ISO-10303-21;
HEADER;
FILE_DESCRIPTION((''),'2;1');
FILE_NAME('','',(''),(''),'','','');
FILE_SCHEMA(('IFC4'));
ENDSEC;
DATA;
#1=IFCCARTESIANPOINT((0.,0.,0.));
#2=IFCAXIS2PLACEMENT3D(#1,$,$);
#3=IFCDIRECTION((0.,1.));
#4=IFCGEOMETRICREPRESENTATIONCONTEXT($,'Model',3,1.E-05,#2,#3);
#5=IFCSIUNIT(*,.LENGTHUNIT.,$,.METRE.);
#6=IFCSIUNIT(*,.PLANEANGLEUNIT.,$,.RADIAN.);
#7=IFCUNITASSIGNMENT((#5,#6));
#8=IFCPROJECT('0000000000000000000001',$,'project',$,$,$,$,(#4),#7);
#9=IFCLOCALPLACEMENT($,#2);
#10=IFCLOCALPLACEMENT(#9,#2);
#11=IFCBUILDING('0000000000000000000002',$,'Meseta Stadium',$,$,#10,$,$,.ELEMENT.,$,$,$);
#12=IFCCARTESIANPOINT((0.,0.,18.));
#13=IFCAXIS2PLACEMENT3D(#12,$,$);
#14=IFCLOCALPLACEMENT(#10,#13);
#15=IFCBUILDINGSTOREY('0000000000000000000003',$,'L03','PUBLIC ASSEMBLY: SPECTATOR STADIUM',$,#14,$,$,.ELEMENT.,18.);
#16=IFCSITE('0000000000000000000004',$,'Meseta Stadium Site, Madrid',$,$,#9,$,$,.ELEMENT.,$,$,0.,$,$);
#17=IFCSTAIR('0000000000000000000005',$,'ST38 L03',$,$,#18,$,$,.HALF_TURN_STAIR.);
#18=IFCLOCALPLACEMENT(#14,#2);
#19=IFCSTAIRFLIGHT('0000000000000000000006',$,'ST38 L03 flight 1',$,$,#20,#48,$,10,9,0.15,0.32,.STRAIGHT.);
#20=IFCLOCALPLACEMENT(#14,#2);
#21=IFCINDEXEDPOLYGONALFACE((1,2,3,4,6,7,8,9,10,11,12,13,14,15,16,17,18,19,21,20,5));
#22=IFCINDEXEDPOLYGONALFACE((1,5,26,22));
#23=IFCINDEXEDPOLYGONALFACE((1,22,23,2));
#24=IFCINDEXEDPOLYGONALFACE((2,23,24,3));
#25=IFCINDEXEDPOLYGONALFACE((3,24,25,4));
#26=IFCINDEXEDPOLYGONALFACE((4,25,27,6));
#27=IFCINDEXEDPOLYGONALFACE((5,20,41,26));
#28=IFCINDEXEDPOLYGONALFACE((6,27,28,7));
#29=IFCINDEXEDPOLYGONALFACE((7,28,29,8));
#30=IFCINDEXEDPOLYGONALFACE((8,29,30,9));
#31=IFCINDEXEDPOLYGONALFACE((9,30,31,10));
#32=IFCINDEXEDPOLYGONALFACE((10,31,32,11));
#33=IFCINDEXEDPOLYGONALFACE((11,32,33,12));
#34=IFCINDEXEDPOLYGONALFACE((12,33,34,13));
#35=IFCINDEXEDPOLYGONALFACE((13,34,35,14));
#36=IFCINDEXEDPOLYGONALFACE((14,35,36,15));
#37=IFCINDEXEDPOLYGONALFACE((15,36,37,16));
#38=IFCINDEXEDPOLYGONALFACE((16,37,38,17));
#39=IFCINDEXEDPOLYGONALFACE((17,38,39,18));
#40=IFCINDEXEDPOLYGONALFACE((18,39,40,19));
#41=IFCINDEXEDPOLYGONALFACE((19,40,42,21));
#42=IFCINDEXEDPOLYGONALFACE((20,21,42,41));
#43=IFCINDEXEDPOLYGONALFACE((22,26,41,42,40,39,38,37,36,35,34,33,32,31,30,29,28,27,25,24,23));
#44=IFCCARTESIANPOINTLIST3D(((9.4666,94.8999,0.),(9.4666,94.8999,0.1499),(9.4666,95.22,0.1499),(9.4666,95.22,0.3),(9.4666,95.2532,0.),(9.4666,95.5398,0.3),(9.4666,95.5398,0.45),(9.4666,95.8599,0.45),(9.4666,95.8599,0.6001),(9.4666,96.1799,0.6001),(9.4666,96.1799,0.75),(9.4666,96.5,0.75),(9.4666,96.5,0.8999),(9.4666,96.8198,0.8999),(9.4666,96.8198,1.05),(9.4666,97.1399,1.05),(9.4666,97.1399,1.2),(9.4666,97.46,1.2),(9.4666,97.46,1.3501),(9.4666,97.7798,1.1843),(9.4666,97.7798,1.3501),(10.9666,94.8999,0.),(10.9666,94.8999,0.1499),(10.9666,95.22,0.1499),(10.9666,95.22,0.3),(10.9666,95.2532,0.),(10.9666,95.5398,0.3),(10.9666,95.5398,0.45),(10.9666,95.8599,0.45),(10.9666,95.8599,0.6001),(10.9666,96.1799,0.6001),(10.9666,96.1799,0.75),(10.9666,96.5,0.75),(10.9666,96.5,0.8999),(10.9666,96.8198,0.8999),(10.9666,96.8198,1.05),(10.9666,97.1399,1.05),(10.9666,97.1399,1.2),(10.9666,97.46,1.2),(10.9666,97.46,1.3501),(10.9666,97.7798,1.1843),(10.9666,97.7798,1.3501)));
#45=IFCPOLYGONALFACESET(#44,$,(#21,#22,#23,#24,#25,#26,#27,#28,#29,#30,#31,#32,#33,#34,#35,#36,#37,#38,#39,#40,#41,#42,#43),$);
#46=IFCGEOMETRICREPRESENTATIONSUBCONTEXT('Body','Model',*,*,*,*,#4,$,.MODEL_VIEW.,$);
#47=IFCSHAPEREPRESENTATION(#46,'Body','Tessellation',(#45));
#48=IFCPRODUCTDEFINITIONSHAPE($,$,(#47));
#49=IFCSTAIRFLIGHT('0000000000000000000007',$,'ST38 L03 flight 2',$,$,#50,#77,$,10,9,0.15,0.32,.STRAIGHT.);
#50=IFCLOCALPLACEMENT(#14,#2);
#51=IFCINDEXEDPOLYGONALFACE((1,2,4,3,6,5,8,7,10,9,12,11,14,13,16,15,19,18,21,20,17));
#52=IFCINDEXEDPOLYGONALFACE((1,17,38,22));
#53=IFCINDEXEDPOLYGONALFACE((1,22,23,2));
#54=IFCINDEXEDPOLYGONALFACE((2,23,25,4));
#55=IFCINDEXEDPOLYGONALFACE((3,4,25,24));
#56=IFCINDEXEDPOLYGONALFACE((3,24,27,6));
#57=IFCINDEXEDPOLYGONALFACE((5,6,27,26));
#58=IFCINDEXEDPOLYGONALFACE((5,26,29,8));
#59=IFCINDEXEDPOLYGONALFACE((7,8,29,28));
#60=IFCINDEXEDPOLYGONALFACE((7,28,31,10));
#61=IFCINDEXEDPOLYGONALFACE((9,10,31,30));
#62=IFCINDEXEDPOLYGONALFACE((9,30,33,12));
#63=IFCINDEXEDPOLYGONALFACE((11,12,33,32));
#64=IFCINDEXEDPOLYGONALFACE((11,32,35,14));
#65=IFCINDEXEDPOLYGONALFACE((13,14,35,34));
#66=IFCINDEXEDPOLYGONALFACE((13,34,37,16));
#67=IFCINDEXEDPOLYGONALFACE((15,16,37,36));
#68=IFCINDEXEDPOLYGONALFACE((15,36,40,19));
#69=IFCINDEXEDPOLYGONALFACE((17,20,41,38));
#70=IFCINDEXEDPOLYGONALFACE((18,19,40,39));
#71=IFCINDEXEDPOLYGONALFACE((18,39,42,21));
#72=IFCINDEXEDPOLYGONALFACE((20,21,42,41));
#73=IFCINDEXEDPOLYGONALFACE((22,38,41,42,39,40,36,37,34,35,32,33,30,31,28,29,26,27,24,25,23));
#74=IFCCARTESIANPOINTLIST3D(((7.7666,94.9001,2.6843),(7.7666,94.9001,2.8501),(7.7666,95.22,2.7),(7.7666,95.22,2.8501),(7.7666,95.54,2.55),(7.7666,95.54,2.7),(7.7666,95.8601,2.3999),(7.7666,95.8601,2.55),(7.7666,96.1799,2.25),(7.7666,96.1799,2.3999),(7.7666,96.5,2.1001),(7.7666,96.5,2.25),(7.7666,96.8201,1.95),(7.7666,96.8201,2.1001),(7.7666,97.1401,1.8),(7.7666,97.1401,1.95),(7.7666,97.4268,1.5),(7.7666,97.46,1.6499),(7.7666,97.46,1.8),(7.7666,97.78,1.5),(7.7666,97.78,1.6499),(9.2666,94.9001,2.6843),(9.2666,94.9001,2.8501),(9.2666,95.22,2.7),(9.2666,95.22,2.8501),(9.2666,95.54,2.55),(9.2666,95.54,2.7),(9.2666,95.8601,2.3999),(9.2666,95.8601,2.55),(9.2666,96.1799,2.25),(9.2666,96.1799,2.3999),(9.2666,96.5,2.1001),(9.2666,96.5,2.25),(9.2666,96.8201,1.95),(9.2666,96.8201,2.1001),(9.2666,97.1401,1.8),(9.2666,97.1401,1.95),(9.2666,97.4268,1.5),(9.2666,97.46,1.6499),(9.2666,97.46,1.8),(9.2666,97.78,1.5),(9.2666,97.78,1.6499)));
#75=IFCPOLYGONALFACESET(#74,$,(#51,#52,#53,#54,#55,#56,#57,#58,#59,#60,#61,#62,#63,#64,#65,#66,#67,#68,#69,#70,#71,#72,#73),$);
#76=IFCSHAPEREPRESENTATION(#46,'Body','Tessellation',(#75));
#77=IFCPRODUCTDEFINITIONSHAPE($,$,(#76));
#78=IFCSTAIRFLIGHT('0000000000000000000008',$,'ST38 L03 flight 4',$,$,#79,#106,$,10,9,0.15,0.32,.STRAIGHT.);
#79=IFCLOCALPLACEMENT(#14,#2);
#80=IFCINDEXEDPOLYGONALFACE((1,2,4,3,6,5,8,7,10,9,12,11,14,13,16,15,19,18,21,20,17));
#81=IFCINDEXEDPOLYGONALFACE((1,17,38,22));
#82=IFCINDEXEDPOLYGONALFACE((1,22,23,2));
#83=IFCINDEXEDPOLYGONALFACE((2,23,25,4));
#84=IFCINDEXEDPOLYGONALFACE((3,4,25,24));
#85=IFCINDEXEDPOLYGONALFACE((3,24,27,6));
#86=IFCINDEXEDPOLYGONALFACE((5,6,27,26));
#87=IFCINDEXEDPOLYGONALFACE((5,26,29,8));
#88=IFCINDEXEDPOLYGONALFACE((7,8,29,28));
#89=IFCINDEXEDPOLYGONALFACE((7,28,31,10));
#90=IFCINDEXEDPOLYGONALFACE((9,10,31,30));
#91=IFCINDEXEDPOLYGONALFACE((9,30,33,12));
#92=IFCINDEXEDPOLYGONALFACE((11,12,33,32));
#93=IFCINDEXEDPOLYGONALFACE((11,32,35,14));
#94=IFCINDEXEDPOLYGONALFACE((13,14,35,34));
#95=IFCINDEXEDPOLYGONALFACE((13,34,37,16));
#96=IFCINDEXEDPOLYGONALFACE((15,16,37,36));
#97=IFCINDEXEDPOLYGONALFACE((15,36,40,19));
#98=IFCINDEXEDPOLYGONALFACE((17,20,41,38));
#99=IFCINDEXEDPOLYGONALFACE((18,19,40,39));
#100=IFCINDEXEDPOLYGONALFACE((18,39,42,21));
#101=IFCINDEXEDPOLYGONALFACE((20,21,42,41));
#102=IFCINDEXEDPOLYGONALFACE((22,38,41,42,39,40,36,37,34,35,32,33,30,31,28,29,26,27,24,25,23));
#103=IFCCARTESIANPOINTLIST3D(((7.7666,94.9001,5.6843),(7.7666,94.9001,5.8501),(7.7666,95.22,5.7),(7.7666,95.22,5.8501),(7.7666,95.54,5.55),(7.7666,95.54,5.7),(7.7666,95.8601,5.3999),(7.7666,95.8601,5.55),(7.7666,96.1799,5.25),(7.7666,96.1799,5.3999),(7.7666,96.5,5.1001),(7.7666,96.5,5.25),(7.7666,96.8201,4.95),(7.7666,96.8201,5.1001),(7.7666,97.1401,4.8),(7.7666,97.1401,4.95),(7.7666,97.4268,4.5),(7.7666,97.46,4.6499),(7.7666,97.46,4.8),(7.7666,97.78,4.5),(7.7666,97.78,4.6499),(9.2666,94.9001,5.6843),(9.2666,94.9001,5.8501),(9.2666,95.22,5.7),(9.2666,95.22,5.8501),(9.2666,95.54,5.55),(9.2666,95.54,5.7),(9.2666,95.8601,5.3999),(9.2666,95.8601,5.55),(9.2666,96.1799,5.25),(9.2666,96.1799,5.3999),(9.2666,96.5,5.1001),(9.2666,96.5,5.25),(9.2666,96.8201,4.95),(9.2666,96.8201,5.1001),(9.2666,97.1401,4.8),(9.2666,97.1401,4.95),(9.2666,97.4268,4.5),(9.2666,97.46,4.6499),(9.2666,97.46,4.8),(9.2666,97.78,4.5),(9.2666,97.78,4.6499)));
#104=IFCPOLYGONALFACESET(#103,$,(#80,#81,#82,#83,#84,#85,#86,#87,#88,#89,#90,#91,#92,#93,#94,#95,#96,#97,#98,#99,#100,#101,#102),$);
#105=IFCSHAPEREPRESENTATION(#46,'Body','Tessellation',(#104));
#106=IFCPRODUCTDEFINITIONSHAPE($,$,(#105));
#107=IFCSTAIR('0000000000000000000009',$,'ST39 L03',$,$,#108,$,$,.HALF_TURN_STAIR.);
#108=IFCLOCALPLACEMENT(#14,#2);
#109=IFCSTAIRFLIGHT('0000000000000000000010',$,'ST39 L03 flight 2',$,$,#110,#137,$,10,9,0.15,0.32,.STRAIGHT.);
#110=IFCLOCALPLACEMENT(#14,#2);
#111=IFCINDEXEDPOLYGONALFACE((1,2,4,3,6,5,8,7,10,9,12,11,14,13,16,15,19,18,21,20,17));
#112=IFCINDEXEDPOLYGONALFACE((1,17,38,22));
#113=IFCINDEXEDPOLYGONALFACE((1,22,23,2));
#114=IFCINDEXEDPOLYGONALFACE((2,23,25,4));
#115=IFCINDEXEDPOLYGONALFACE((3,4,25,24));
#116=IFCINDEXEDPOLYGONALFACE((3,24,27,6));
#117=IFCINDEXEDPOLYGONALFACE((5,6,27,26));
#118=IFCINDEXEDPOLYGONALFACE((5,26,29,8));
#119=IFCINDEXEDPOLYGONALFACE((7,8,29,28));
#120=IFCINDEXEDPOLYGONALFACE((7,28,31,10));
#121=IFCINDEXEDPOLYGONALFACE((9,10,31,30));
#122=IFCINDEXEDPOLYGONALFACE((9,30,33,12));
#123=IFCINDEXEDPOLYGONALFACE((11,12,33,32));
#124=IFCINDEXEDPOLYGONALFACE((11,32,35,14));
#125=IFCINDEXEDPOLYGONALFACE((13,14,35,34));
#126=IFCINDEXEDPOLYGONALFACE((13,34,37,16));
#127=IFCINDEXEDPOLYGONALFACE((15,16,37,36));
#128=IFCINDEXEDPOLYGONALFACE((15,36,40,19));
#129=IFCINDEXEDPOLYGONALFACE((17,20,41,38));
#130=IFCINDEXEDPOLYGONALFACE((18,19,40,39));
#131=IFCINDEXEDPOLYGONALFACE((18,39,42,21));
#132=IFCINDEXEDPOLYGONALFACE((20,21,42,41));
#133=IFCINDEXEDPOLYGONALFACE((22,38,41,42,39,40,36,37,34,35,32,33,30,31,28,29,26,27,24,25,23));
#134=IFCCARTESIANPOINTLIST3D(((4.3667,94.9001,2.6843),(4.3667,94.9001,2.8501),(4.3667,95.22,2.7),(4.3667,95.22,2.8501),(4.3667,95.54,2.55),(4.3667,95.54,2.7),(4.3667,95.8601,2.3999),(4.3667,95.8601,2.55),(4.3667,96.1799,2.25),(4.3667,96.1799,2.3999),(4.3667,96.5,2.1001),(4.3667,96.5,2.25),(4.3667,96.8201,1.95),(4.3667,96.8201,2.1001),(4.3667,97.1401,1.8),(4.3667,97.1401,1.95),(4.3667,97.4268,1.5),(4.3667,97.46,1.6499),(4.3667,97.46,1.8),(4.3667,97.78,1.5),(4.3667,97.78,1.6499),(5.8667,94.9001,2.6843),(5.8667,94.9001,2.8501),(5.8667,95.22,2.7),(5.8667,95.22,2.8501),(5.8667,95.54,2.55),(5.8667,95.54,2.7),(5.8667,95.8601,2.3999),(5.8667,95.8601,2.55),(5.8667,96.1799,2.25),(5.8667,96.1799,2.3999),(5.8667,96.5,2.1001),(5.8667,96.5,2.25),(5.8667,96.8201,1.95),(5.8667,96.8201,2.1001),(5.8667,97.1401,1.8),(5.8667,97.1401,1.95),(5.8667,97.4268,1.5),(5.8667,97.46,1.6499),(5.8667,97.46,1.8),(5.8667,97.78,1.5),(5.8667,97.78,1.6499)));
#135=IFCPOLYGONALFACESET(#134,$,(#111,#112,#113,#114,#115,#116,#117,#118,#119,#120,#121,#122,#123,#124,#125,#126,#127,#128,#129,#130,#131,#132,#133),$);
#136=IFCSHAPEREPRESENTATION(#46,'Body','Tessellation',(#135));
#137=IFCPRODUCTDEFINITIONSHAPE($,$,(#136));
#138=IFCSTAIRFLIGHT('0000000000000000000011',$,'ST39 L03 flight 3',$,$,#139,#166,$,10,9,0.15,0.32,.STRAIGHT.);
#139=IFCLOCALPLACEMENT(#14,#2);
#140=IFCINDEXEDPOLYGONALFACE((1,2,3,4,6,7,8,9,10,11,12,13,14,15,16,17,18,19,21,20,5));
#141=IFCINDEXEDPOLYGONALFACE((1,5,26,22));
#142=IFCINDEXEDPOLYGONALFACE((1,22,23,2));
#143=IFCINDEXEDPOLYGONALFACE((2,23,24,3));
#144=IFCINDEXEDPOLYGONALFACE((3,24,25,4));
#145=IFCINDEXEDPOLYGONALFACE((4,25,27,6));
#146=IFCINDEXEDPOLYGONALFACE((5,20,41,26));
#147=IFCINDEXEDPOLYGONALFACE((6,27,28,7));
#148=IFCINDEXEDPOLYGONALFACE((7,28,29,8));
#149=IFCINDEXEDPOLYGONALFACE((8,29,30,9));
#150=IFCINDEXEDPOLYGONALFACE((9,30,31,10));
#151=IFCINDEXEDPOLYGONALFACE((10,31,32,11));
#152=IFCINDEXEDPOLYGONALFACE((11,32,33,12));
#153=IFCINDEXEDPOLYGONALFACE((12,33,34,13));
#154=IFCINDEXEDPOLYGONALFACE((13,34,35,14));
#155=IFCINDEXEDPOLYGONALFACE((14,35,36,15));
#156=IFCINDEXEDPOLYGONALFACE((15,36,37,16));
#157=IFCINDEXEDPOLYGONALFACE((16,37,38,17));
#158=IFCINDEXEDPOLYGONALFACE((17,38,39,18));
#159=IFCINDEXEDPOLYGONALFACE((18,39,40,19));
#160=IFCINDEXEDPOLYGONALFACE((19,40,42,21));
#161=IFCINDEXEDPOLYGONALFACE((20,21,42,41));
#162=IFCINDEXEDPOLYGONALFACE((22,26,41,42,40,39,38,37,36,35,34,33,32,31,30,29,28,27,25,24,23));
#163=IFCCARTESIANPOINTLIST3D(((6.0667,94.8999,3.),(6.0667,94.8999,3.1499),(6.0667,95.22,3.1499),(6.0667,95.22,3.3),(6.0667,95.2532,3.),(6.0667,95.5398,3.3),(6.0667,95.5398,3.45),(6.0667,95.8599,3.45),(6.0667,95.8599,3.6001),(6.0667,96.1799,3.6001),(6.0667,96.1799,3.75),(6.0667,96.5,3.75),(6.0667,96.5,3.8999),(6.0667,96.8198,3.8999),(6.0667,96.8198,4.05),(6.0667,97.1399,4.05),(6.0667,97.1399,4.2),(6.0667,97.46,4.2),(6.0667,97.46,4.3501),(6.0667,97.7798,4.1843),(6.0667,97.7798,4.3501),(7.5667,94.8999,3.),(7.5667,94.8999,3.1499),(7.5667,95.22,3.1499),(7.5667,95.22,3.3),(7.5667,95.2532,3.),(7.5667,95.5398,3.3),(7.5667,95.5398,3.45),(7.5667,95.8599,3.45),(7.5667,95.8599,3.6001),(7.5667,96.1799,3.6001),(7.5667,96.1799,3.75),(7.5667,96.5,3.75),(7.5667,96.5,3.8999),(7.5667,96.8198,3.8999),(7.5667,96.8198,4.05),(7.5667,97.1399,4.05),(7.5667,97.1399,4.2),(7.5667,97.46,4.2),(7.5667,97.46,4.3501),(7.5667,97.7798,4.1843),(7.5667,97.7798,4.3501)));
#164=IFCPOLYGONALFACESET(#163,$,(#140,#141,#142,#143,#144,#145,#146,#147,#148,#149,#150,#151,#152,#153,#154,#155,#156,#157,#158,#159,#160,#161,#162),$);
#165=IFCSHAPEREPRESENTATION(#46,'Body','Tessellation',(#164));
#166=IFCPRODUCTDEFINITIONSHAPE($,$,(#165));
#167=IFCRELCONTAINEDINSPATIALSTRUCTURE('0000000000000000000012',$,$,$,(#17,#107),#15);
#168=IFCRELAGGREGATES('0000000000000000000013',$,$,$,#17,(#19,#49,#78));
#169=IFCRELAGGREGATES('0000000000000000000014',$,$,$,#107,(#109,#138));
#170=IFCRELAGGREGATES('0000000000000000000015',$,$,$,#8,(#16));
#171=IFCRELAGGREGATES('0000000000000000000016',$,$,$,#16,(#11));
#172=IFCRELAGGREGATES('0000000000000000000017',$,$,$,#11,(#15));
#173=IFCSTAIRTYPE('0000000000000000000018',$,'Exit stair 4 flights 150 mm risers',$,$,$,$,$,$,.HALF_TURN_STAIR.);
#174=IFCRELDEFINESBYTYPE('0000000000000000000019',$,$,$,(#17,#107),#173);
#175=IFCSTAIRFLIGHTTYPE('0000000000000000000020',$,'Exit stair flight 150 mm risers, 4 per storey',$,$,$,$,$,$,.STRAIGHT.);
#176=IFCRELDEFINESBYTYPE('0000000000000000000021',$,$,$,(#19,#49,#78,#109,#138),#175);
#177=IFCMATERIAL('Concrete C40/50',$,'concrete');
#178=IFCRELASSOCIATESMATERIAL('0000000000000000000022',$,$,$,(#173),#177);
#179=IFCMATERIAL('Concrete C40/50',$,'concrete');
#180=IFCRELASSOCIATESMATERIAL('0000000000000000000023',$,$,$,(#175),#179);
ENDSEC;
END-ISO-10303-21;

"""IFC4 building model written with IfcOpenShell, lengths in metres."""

from ifc_helpers import new_model, si_unit, direction, frame, origin, place, context, subcontext, project, spatial, polyline, outline, extrude, material, type_object, element, aggregate, save


model = new_model("IFC4")

# Units and contexts
model_context = context("Model", 3, precision=1e-05, world=origin(), true_north=direction((0.0, 1.0)))
body_context = subcontext(model_context, "Body", "Model", "MODEL_VIEW")
ifc_project = project(units=[si_unit("LENGTHUNIT", "METRE"), si_unit("PLANEANGLEUNIT", "RADIAN")], contexts=[model_context])

# Site, building, storey
site_placement = place(None, origin())
site = spatial("IfcSite", under=ifc_project, at=site_placement, Name="Meseta Stadium Site, Madrid", CompositionType="ELEMENT", RefElevation=0.0)
building_placement = place(site_placement, origin())
building = spatial("IfcBuilding", under=site, at=building_placement, Name="Meseta Stadium", CompositionType="ELEMENT")
storey_placement = place(building_placement, frame((0.0, 0.0, 18.0)))
storey = spatial("IfcBuildingStorey", under=building, at=storey_placement, Name="L03", Description="PUBLIC ASSEMBLY: SPECTATOR STADIUM", CompositionType="ELEMENT", Elevation=18.0)

# Stairs, stair flights
ifc_material_1 = material(Name="Concrete C40/50", Category="concrete")
stair_type = type_object("IfcStairType", Name="Exit stair 4 flights 150 mm risers", PredefinedType="HALF_TURN_STAIR", material=ifc_material_1)
stair_1_placement = place(storey_placement, origin())
stair_1 = element("IfcStair", 1, at=stair_1_placement, inside=storey, type_object=stair_type, Name="ST38 L03", PredefinedType="HALF_TURN_STAIR")
ifc_material_2 = material(Name="Concrete C40/50", Category="concrete")
stair_flight_type = type_object("IfcStairFlightType", Name="Exit stair flight 150 mm risers, 4 per storey", PredefinedType="STRAIGHT", material=ifc_material_2)
stair_flight_1_placement = place(storey_placement, frame((10.2166, 94.8999, 0.0), z_axis=(0.0, 0.0, 1.0), x_axis=(0.0, 1.0, 0.0)))
stair_flight_1 = element("IfcStairFlight", 2, at=stair_flight_1_placement, type_object=stair_flight_type, Name="ST38 L03 flight 1", NumberOfRisers=10, NumberOfTreads=9, PredefinedType="STRAIGHT", RiserHeight=0.15, TreadLength=0.32, context=body_context, shape_type="SweptSolid", body=[
    extrude(outline(polyline([(0.0, 0.0), (0.0, 0.1499), (0.3201, 0.1499), (0.3201, 0.3), (0.6399, 0.3), (0.6399, 0.45), (0.96, 0.45), (0.96, 0.6001), (1.28, 0.6001), (1.28, 0.75), (1.6001, 0.75), (1.6001, 0.8999), (1.9199, 0.8999), (1.9199, 1.05), (2.24, 1.05), (2.24, 1.2), (2.5601, 1.2), (2.5601, 1.3501), (2.8799, 1.3501), (2.8799, 1.1843), (0.3533, 0.0), (0.0, 0.0)])), frame((0.0, 0.75, 0.0), z_axis=(0.0, -1.0, 0.0), x_axis=(1.0, 0.0, 0.0)), (0.0, 0.0, 1.0), 1.5),
])
stair_flight_2_placement = place(storey_placement, frame((8.5166, 97.78, 1.5), z_axis=(0.0, 0.0, 1.0), x_axis=(0.0, -1.0, 0.0)))
stair_flight_2 = element("IfcStairFlight", 3, at=stair_flight_2_placement, type_object=stair_flight_type, Name="ST38 L03 flight 2", NumberOfRisers=10, NumberOfTreads=9, PredefinedType="STRAIGHT", RiserHeight=0.15, TreadLength=0.32, context=body_context, shape_type="SweptSolid", body=[
    extrude(outline(polyline([(0.0, 0.0), (0.0, 0.1499), (0.3201, 0.1499), (0.3201, 0.3), (0.6399, 0.3), (0.6399, 0.45), (0.96, 0.45), (0.96, 0.6001), (1.28, 0.6001), (1.28, 0.75), (1.6001, 0.75), (1.6001, 0.8999), (1.9199, 0.8999), (1.9199, 1.05), (2.24, 1.05), (2.24, 1.2), (2.5601, 1.2), (2.5601, 1.3501), (2.8799, 1.3501), (2.8799, 1.1843), (0.3533, 0.0), (0.0, 0.0)])), frame((0.0, 0.75, 0.0), z_axis=(0.0, -1.0, 0.0), x_axis=(1.0, 0.0, 0.0)), (0.0, 0.0, 1.0), 1.5),
])
stair_flight_3_placement = place(storey_placement, frame((8.5166, 97.78, 4.5), z_axis=(0.0, 0.0, 1.0), x_axis=(0.0, -1.0, 0.0)))
stair_flight_3 = element("IfcStairFlight", 4, at=stair_flight_3_placement, type_object=stair_flight_type, Name="ST38 L03 flight 4", NumberOfRisers=10, NumberOfTreads=9, PredefinedType="STRAIGHT", RiserHeight=0.15, TreadLength=0.32, context=body_context, shape_type="SweptSolid", body=[
    extrude(outline(polyline([(0.0, 0.0), (0.0, 0.1499), (0.3201, 0.1499), (0.3201, 0.3), (0.6399, 0.3), (0.6399, 0.45), (0.96, 0.45), (0.96, 0.6001), (1.28, 0.6001), (1.28, 0.75), (1.6001, 0.75), (1.6001, 0.8999), (1.9199, 0.8999), (1.9199, 1.05), (2.24, 1.05), (2.24, 1.2), (2.5601, 1.2), (2.5601, 1.3501), (2.8799, 1.3501), (2.8799, 1.1843), (0.3533, 0.0), (0.0, 0.0)])), frame((0.0, 0.75, 0.0), z_axis=(0.0, -1.0, 0.0), x_axis=(1.0, 0.0, 0.0)), (0.0, 0.0, 1.0), 1.5),
])
aggregate(stair_1, [stair_flight_1, stair_flight_2, stair_flight_3])
stair_2_placement = place(storey_placement, origin())
stair_2 = element("IfcStair", 5, at=stair_2_placement, inside=storey, type_object=stair_type, Name="ST39 L03", PredefinedType="HALF_TURN_STAIR")
stair_flight_4_placement = place(storey_placement, frame((5.1167, 97.78, 1.5), z_axis=(0.0, 0.0, 1.0), x_axis=(0.0, -1.0, 0.0)))
stair_flight_4 = element("IfcStairFlight", 6, at=stair_flight_4_placement, type_object=stair_flight_type, Name="ST39 L03 flight 2", NumberOfRisers=10, NumberOfTreads=9, PredefinedType="STRAIGHT", RiserHeight=0.15, TreadLength=0.32, context=body_context, shape_type="SweptSolid", body=[
    extrude(outline(polyline([(0.0, 0.0), (0.0, 0.1499), (0.3201, 0.1499), (0.3201, 0.3), (0.6399, 0.3), (0.6399, 0.45), (0.96, 0.45), (0.96, 0.6001), (1.28, 0.6001), (1.28, 0.75), (1.6001, 0.75), (1.6001, 0.8999), (1.9199, 0.8999), (1.9199, 1.05), (2.24, 1.05), (2.24, 1.2), (2.5601, 1.2), (2.5601, 1.3501), (2.8799, 1.3501), (2.8799, 1.1843), (0.3533, 0.0), (0.0, 0.0)])), frame((0.0, 0.75, 0.0), z_axis=(0.0, -1.0, 0.0), x_axis=(1.0, 0.0, 0.0)), (0.0, 0.0, 1.0), 1.5),
])
stair_flight_5_placement = place(storey_placement, frame((6.8167, 94.8999, 3.0), z_axis=(0.0, 0.0, 1.0), x_axis=(0.0, 1.0, 0.0)))
stair_flight_5 = element("IfcStairFlight", 7, at=stair_flight_5_placement, type_object=stair_flight_type, Name="ST39 L03 flight 3", NumberOfRisers=10, NumberOfTreads=9, PredefinedType="STRAIGHT", RiserHeight=0.15, TreadLength=0.32, context=body_context, shape_type="SweptSolid", body=[
    extrude(outline(polyline([(0.0, 0.0), (0.0, 0.1499), (0.3201, 0.1499), (0.3201, 0.3), (0.6399, 0.3), (0.6399, 0.45), (0.96, 0.45), (0.96, 0.6001), (1.28, 0.6001), (1.28, 0.75), (1.6001, 0.75), (1.6001, 0.8999), (1.9199, 0.8999), (1.9199, 1.05), (2.24, 1.05), (2.24, 1.2), (2.5601, 1.2), (2.5601, 1.3501), (2.8799, 1.3501), (2.8799, 1.1843), (0.3533, 0.0), (0.0, 0.0)])), frame((0.0, 0.75, 0.0), z_axis=(0.0, -1.0, 0.0), x_axis=(1.0, 0.0, 0.0)), (0.0, 0.0, 1.0), 1.5),
])
aggregate(stair_2, [stair_flight_4, stair_flight_5])

save(model, "model.ifc")
